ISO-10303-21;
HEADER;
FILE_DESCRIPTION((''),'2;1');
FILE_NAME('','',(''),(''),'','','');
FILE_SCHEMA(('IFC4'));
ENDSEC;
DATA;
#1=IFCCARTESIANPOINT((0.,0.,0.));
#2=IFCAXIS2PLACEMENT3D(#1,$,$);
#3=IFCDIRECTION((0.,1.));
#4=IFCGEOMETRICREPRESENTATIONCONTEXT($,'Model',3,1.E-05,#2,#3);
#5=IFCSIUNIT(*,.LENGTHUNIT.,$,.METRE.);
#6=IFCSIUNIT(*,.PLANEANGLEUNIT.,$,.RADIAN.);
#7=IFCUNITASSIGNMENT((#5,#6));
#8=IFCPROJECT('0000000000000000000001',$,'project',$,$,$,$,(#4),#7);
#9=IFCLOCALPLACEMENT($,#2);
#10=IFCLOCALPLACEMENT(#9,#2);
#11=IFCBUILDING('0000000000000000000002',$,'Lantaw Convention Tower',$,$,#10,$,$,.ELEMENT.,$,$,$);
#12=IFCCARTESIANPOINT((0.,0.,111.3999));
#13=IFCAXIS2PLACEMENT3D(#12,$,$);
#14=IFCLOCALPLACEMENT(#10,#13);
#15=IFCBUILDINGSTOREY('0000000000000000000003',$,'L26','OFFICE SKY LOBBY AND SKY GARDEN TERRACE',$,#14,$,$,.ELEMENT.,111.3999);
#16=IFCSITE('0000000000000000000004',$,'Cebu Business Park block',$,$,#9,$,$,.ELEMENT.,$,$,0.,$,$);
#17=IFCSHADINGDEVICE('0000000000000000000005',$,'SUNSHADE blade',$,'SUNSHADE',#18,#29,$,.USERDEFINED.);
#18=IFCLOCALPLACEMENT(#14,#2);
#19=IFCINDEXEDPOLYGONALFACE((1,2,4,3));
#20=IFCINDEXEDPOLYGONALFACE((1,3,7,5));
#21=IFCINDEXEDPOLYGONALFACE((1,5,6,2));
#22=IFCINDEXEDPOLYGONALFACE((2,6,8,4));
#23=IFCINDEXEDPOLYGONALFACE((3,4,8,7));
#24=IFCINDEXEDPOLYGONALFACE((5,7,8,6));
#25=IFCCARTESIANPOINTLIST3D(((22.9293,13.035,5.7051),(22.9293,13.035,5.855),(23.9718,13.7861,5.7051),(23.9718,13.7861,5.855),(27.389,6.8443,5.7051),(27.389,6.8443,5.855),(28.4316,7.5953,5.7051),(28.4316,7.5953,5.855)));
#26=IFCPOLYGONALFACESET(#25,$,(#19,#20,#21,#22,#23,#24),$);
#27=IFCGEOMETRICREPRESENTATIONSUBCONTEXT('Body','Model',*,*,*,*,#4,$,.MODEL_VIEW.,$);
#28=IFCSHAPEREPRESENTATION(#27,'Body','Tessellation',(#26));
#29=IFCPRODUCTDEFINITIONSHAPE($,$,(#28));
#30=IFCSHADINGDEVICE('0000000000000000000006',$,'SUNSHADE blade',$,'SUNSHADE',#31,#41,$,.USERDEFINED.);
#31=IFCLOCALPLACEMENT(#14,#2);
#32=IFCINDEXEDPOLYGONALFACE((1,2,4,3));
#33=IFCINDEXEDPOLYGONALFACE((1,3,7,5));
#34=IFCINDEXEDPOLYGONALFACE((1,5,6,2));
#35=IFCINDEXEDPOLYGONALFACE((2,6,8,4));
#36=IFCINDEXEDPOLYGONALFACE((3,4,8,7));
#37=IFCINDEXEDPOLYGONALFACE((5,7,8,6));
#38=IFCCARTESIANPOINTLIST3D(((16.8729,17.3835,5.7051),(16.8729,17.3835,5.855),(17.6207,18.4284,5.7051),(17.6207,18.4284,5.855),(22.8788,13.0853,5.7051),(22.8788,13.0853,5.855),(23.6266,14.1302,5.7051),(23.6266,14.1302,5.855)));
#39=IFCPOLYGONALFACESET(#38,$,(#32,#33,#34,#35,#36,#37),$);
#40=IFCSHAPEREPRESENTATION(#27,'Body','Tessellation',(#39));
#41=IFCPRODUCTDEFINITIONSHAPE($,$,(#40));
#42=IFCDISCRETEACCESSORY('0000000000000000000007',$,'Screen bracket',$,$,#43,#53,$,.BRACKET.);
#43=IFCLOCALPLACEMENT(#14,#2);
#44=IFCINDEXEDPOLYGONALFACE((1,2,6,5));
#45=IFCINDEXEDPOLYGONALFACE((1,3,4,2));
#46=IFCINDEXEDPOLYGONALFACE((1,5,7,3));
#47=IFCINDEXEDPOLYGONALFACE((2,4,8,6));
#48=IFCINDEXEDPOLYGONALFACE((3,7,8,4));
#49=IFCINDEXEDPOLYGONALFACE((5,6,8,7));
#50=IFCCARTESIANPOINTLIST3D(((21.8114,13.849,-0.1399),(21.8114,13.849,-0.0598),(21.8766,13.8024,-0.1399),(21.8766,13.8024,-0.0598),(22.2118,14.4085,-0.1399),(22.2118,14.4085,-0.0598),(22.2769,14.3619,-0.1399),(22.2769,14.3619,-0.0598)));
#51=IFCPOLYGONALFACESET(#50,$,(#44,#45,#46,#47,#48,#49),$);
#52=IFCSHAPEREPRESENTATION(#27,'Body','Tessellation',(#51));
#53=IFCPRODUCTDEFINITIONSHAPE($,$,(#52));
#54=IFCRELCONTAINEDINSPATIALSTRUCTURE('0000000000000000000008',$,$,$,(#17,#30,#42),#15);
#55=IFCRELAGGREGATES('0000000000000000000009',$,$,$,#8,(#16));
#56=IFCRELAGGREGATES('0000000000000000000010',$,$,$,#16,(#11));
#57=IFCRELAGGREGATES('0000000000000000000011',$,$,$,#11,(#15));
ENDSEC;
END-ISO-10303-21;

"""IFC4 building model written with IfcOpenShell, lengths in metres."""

from ifc_helpers import new_model, si_unit, direction, frame, origin, origin_2d, place, context, subcontext, project, spatial, rectangle, extrude, element, save


model = new_model("IFC4")

# Units and contexts
model_context = context("Model", 3, precision=1e-05, world=origin(), true_north=direction((0.0, 1.0)))
body_context = subcontext(model_context, "Body", "Model", "MODEL_VIEW")
ifc_project = project(units=[si_unit("LENGTHUNIT", "METRE"), si_unit("PLANEANGLEUNIT", "RADIAN")], contexts=[model_context])

# Site, building, storey
site_placement = place(None, origin())
site = spatial("IfcSite", under=ifc_project, at=site_placement, Name="Cebu Business Park block", CompositionType="ELEMENT", RefElevation=0.0)
building_placement = place(site_placement, origin())
building = spatial("IfcBuilding", under=site, at=building_placement, Name="Lantaw Convention Tower", CompositionType="ELEMENT")
storey_placement = place(building_placement, frame((0.0, 0.0, 111.3999)))
storey = spatial("IfcBuildingStorey", under=building, at=storey_placement, Name="L26", Description="OFFICE SKY LOBBY AND SKY GARDEN TERRACE", CompositionType="ELEMENT", Elevation=111.3999)

# Shading devices
shading_device_1_placement = place(storey_placement, frame((25.6804, 10.3152, 5.7051), z_axis=(0.0, 0.0, 1.0), x_axis=(-0.584513, 0.811385, 0.0)))
element("IfcShadingDevice", 1, at=shading_device_1_placement, inside=storey, Name="SUNSHADE blade", ObjectType="SUNSHADE", PredefinedType="USERDEFINED", context=body_context, shape_type="SweptSolid", body=[
    extrude(rectangle(XDim=7.6299, YDim=1.2849, at=origin_2d()), origin(), (0.0, 0.0, 1.0), 0.1499),
])
shading_device_2_placement = place(storey_placement, frame((20.2498, 15.7568, 5.7051), z_axis=(0.0, 0.0, 1.0), x_axis=(-0.813208, 0.581973, 0.0)))
element("IfcShadingDevice", 2, at=shading_device_2_placement, inside=storey, Name="SUNSHADE blade", ObjectType="SUNSHADE", PredefinedType="USERDEFINED", context=body_context, shape_type="SweptSolid", body=[
    extrude(rectangle(XDim=7.3855, YDim=1.2849, at=origin_2d()), origin(), (0.0, 0.0, 1.0), 0.1499),
])

# Discrete accessory
discrete_accessory_placement = place(storey_placement, frame((22.0442, 14.1055, -0.1399), z_axis=(0.0, 0.0, 1.0), x_axis=(-0.813208, 0.581973, 0.0)))
element("IfcDiscreteAccessory", 3, at=discrete_accessory_placement, inside=storey, Name="Screen bracket", PredefinedType="BRACKET", context=body_context, shape_type="SweptSolid", body=[
    extrude(rectangle(XDim=0.0801, YDim=0.688, at=origin_2d()), origin(), (0.0, 0.0, 1.0), 0.0801),
])

save(model, "model.ifc")
